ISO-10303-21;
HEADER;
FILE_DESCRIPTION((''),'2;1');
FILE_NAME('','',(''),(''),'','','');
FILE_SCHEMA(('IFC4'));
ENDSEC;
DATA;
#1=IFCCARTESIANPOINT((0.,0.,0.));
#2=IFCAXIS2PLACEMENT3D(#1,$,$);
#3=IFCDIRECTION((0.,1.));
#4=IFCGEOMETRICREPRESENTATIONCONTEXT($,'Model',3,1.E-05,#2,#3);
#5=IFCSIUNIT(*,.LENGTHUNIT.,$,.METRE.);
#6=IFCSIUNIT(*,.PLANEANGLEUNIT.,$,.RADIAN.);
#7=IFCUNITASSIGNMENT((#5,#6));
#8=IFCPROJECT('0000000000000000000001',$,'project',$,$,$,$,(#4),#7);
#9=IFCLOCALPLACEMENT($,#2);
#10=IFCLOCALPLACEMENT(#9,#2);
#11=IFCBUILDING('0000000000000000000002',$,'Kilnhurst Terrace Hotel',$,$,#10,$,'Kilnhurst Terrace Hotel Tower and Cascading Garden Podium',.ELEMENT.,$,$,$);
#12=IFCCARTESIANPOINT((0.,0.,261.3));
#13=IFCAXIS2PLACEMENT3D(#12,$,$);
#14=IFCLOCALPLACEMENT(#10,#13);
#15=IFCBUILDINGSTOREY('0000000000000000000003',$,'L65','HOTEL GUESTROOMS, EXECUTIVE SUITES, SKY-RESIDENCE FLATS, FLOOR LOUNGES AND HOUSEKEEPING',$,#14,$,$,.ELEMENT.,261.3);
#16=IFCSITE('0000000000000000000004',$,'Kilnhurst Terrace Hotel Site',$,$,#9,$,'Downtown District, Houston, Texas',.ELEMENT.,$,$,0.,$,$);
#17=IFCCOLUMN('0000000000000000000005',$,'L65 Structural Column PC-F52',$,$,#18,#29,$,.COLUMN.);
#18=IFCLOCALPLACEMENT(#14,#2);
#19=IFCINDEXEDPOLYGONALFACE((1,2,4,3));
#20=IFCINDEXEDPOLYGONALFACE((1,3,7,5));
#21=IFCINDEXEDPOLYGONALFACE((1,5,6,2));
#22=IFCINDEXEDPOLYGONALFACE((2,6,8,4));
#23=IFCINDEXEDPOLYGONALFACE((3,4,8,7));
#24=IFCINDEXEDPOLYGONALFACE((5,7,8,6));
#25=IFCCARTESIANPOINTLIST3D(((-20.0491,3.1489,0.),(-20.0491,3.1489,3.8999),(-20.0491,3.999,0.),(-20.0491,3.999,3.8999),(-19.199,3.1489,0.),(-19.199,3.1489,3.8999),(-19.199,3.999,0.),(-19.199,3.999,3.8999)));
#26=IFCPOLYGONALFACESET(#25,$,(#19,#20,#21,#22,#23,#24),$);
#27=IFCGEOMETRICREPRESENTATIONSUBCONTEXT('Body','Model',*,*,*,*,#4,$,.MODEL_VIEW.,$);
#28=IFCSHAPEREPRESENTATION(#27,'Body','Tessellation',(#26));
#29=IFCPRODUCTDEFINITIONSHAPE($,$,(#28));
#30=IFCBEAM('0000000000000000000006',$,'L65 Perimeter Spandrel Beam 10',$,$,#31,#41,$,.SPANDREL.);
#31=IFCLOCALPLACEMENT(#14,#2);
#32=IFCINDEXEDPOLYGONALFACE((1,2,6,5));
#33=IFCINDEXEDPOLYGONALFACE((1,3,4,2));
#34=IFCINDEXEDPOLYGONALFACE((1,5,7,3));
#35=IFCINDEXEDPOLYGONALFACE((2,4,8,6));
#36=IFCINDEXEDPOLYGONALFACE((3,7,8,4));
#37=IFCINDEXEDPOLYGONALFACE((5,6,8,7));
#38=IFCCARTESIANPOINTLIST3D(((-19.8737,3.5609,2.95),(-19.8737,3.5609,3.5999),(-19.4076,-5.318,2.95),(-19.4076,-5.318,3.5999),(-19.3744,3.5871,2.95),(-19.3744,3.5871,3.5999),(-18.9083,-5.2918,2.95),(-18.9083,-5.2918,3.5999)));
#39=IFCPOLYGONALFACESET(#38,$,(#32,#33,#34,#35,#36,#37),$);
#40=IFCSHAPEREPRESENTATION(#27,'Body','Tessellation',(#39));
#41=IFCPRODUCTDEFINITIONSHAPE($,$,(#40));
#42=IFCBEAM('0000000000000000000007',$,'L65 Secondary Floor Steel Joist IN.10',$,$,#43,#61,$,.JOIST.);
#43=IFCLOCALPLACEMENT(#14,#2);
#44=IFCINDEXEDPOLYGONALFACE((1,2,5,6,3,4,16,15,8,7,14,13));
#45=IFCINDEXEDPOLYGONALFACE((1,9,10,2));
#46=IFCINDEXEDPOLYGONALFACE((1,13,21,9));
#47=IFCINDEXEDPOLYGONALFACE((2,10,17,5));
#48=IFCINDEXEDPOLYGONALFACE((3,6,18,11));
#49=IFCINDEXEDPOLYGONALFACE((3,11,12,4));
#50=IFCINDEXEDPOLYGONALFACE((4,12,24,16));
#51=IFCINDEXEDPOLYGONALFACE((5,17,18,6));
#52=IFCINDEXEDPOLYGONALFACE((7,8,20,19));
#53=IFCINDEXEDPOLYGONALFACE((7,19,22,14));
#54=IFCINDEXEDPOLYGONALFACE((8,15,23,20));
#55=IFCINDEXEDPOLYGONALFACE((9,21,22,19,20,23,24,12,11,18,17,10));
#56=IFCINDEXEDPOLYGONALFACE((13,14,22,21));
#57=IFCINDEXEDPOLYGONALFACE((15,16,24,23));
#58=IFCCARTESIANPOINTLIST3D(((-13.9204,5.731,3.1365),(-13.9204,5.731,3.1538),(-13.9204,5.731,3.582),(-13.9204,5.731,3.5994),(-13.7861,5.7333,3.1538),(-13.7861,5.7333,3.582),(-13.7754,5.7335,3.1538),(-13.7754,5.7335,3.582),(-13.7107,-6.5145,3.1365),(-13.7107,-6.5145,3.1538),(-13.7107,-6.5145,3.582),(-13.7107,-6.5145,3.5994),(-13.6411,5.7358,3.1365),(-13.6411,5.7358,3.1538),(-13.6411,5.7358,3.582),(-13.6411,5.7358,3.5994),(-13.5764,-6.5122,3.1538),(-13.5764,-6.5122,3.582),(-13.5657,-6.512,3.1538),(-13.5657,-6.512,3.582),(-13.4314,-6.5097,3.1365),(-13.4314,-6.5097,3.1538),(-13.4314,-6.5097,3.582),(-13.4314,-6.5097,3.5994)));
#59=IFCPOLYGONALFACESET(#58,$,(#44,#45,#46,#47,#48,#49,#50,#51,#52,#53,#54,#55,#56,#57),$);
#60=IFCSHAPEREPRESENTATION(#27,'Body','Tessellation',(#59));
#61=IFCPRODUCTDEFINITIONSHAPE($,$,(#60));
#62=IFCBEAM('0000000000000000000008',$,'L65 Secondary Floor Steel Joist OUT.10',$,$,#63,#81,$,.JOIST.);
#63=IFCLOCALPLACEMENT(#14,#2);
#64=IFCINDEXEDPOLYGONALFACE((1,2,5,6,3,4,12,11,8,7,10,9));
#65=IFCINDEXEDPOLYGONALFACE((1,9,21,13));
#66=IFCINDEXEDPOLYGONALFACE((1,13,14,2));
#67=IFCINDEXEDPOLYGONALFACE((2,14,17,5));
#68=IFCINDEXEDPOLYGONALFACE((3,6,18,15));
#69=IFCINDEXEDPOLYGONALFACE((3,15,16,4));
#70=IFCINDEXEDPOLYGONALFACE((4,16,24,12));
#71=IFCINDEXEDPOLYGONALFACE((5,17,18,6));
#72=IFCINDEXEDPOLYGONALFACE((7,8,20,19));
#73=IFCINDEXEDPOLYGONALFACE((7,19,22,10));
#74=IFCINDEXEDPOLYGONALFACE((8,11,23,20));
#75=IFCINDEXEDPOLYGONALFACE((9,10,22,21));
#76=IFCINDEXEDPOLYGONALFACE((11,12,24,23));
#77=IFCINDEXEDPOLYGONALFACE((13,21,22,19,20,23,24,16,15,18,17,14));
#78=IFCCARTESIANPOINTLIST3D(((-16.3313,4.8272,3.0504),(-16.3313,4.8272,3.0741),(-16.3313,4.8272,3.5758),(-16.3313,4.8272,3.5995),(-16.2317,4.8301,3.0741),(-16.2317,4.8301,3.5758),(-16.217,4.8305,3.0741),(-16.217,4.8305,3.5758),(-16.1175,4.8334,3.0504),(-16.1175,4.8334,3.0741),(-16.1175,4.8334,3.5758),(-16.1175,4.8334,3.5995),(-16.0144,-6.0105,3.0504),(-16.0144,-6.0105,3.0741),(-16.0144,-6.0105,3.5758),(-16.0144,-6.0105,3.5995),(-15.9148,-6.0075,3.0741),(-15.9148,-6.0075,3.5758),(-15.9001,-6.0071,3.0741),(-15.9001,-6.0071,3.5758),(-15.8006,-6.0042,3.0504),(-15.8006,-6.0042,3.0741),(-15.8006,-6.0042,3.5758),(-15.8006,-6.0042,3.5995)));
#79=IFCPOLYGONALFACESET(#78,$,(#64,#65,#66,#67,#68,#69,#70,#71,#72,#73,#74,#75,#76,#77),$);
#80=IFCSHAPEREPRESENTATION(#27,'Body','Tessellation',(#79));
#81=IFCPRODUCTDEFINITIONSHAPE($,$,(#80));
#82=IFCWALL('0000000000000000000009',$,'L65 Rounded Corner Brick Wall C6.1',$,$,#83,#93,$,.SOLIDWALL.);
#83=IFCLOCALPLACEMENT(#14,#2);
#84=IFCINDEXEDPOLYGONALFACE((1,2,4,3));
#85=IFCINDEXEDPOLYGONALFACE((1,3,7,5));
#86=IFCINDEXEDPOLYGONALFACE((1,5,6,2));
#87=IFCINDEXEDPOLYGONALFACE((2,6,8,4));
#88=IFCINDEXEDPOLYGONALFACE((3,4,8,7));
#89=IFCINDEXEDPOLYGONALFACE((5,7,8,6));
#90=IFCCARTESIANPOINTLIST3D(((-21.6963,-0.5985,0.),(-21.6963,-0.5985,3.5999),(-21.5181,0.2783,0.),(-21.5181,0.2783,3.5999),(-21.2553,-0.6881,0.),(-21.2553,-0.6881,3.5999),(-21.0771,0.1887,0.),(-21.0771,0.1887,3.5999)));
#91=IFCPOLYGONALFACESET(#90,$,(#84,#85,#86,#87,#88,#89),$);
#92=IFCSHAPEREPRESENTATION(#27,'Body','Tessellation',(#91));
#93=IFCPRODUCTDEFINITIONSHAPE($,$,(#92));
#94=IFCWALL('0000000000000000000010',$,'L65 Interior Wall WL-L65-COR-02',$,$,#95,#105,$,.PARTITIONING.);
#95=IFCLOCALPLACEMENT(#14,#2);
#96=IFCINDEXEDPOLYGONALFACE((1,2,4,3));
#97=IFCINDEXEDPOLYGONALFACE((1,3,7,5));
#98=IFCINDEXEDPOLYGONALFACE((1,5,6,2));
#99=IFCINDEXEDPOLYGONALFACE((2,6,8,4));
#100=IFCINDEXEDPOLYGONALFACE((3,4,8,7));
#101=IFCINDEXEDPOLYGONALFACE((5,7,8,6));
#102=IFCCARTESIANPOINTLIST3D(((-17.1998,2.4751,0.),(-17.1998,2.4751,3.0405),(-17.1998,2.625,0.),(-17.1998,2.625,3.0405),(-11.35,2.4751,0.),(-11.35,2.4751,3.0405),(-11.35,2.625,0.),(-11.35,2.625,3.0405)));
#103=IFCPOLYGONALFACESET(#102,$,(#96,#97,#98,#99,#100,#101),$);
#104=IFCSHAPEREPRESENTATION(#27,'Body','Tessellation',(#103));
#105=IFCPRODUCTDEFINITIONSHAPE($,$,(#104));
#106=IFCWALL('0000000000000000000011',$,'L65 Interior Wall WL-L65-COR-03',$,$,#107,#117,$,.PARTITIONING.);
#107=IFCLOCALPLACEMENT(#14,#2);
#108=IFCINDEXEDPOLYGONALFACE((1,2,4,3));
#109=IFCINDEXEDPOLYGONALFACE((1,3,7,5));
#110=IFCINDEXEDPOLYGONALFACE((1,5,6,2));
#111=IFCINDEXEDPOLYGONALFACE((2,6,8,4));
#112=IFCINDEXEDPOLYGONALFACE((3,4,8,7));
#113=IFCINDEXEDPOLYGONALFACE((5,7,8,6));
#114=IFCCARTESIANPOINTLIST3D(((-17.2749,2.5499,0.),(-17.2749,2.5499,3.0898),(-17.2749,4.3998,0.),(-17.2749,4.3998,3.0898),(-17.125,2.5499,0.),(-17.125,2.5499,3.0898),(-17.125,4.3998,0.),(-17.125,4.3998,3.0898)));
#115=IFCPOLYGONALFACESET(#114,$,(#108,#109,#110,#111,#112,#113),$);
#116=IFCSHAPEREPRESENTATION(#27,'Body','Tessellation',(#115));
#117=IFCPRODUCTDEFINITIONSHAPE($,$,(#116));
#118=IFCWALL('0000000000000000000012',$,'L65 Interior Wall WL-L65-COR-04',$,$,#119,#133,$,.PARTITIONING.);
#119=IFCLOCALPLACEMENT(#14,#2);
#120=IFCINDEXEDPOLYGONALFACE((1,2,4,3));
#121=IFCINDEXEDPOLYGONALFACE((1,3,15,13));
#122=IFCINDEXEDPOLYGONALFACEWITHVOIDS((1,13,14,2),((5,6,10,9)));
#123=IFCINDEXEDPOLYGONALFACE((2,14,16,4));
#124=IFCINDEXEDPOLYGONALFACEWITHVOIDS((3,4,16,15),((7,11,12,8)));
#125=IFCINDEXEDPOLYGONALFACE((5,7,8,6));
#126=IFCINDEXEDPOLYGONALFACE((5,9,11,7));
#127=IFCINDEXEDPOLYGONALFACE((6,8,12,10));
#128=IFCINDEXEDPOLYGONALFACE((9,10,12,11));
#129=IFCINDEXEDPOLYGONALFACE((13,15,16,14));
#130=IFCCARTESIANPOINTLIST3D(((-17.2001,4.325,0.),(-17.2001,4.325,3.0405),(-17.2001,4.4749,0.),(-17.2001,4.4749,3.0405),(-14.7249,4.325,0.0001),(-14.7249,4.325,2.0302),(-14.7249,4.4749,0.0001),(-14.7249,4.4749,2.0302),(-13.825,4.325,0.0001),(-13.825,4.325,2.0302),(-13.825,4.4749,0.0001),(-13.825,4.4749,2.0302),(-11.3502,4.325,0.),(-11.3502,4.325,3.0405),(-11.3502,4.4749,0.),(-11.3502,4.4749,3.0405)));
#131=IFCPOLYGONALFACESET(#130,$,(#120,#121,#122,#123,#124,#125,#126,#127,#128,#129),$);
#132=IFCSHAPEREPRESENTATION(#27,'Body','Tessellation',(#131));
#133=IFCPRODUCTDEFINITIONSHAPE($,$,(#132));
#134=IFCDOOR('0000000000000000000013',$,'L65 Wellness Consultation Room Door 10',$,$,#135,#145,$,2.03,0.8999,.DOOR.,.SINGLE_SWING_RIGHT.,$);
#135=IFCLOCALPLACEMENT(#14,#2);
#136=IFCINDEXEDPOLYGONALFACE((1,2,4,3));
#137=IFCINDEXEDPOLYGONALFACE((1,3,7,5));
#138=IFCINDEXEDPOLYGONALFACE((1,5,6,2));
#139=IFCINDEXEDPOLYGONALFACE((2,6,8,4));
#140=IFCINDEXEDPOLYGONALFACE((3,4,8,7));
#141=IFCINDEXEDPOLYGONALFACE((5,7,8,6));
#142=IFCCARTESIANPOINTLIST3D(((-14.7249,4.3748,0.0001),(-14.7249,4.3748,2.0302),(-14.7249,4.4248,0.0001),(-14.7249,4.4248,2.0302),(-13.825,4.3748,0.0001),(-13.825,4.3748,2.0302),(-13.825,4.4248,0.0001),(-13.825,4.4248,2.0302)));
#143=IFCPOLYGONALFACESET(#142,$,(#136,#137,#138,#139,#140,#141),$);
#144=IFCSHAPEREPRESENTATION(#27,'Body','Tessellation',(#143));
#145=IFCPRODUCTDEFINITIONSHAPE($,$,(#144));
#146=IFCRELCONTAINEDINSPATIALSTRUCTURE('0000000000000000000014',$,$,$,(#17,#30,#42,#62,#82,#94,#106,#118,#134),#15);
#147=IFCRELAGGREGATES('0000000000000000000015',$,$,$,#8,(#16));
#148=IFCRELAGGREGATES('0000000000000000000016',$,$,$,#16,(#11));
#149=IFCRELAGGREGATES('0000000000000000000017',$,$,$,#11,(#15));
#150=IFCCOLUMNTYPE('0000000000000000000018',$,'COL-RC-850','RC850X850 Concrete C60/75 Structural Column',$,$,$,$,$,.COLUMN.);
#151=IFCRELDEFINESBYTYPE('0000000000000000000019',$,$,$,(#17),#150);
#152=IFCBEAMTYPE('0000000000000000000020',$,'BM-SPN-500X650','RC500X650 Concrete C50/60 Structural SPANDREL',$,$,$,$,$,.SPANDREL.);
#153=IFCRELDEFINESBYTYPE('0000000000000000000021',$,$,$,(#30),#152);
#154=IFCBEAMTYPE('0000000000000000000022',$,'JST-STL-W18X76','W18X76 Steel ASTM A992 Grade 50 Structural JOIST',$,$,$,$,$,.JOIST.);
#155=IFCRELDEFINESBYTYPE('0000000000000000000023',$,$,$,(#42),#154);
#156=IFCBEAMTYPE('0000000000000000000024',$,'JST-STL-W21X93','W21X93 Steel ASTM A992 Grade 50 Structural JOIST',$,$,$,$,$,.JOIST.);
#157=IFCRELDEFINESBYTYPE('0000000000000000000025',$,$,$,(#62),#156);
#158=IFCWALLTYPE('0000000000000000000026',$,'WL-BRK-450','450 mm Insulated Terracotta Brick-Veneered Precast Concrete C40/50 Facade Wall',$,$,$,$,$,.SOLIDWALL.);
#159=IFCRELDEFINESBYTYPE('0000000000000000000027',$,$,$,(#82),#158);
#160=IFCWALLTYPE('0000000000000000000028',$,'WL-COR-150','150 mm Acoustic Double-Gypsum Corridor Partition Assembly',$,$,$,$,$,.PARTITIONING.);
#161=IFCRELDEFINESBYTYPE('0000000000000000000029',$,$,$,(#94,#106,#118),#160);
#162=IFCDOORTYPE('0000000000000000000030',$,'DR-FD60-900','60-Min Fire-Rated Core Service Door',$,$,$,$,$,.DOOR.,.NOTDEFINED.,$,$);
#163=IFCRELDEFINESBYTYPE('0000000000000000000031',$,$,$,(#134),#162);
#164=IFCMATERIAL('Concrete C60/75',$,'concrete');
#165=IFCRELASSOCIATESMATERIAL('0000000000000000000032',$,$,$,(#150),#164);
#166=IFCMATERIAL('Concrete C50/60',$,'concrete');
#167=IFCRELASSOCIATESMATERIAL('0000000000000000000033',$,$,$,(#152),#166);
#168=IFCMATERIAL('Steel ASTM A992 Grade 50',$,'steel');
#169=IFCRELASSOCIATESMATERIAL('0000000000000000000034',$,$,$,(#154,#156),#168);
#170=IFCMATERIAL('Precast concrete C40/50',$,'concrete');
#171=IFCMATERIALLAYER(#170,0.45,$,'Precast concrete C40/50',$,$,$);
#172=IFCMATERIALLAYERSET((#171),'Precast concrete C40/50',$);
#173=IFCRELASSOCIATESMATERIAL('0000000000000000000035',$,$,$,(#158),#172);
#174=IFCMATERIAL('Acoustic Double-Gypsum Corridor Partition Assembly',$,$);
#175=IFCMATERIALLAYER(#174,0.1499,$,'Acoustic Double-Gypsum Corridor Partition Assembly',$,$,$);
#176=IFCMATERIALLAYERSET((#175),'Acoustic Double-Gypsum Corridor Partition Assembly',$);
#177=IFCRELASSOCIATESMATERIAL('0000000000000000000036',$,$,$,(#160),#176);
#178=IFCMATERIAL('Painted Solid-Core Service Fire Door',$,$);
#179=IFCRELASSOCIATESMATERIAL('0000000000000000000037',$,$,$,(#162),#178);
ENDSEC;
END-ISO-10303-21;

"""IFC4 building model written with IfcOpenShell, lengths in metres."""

from ifc_helpers import new_model, si_unit, direction, frame, frame_2d, origin, origin_2d, place, context, subcontext, project, spatial, rectangle, i_section, extrude, material, layer, layer_set, material_profile, profile_set, type_object, element, fill, save


model = new_model("IFC4")

# Units and contexts
model_context = context("Model", 3, precision=1e-05, world=origin(), true_north=direction((0.0, 1.0)))
body_context = subcontext(model_context, "Body", "Model", "MODEL_VIEW")
ifc_project = project(units=[si_unit("LENGTHUNIT", "METRE"), si_unit("PLANEANGLEUNIT", "RADIAN")], contexts=[model_context])

# Site, building, storey
site_placement = place(None, origin())
site = spatial("IfcSite", under=ifc_project, at=site_placement, Name="Kilnhurst Terrace Hotel Site", LongName="Downtown District, Houston, Texas", CompositionType="ELEMENT", RefElevation=0.0)
building_placement = place(site_placement, origin())
building = spatial("IfcBuilding", under=site, at=building_placement, Name="Kilnhurst Terrace Hotel", LongName="Kilnhurst Terrace Hotel Tower and Cascading Garden Podium", CompositionType="ELEMENT")
storey_placement = place(building_placement, frame((0.0, 0.0, 261.3)))
storey = spatial("IfcBuildingStorey", under=building, at=storey_placement, Name="L65", Description="HOTEL GUESTROOMS, EXECUTIVE SUITES, SKY-RESIDENCE FLATS, FLOOR LOUNGES AND HOUSEKEEPING", CompositionType="ELEMENT", Elevation=261.3)

# Column
ifc_material_1 = material(Name="Concrete C60/75", Category="concrete")
ifc_material_profile_1 = material_profile(ifc_material_1, rectangle(XDim=0.8501, YDim=0.8501, at=origin_2d()), Name="RC850X850")
ifc_profile_set_1 = profile_set([ifc_material_profile_1], Name="Concrete C60/75")
column_type = type_object("IfcColumnType", Name="COL-RC-850", Description="RC850X850 Concrete C60/75 Structural Column", PredefinedType="COLUMN", material=ifc_profile_set_1)
column_placement = place(storey_placement, frame((-19.624, 3.574, 0.0), z_axis=(0.0, 0.0, 1.0), x_axis=(1.0, 0.0, 0.0)))
element("IfcColumn", 1, at=column_placement, inside=storey, type_object=column_type, Name="L65 Structural Column PC-F52", PredefinedType="COLUMN", context=body_context, shape_type="SweptSolid", body=[
    extrude(rectangle(XDim=0.8501, YDim=0.8501, at=origin_2d()), origin(), (0.0, 0.0, 1.0), 3.8999),
])

# Beams
ifc_material_2 = material(Name="Concrete C50/60", Category="concrete")
ifc_material_profile_2 = material_profile(ifc_material_2, rectangle(XDim=0.5, YDim=0.6499, at=origin_2d()), Name="RC500X650")
ifc_profile_set_2 = profile_set([ifc_material_profile_2], Name="Concrete C50/60")
beam_type_1 = type_object("IfcBeamType", Name="BM-SPN-500X650", Description="RC500X650 Concrete C50/60 Structural SPANDREL", PredefinedType="SPANDREL", material=ifc_profile_set_2)
beam_1_placement = place(storey_placement, frame((-19.624, 3.574, 3.2749), z_axis=(0.052419, -0.998625, 0.0), x_axis=(0.998625, 0.052419, 0.0)))
element("IfcBeam", 2, at=beam_1_placement, inside=storey, type_object=beam_type_1, Name="L65 Perimeter Spandrel Beam 10", PredefinedType="SPANDREL", context=body_context, shape_type="SweptSolid", body=[
    extrude(rectangle(XDim=0.5, YDim=0.6499, at=origin_2d()), origin(), (0.0, 0.0, 1.0), 8.8911),
])
ifc_material_3 = material(Name="Steel ASTM A992 Grade 50", Category="steel")
ifc_material_profile_3 = material_profile(ifc_material_3, i_section(OverallWidth=0.2793, OverallDepth=0.4629, WebThickness=0.0107, FlangeThickness=0.0173, at=origin_2d()), Name="W18X76")
ifc_profile_set_3 = profile_set([ifc_material_profile_3], Name="Steel ASTM A992 Grade 50")
beam_type_2 = type_object("IfcBeamType", Name="JST-STL-W18X76", Description="W18X76 Steel ASTM A992 Grade 50 Structural JOIST", PredefinedType="JOIST", material=ifc_profile_set_3)
beam_2_placement = place(storey_placement, frame((-13.7808, 5.7334, 3.3679), z_axis=(0.017123, -0.999853, 0.0), x_axis=(0.999853, 0.017123, 0.0)))
element("IfcBeam", 3, at=beam_2_placement, inside=storey, type_object=beam_type_2, Name="L65 Secondary Floor Steel Joist IN.10", PredefinedType="JOIST", context=body_context, shape_type="SweptSolid", body=[
    extrude(i_section(OverallWidth=0.2793, OverallDepth=0.4629, WebThickness=0.0107, FlangeThickness=0.0173, at=origin_2d()), origin(), (0.0, 0.0, 1.0), 12.2473),
])
ifc_material_profile_4 = material_profile(ifc_material_3, i_section(OverallWidth=0.2139, OverallDepth=0.5491, WebThickness=0.0146, FlangeThickness=0.0237, at=origin_2d()), Name="W21X93")
ifc_profile_set_4 = profile_set([ifc_material_profile_4], Name="Steel ASTM A992 Grade 50")
beam_type_3 = type_object("IfcBeamType", Name="JST-STL-W21X93", Description="W21X93 Steel ASTM A992 Grade 50 Structural JOIST", PredefinedType="JOIST", material=ifc_profile_set_4)
beam_3_placement = place(storey_placement, frame((-16.2244, 4.8303, 3.325), z_axis=(0.029228, -0.999573, 0.0), x_axis=(0.999573, 0.029228, 0.0)))
element("IfcBeam", 4, at=beam_3_placement, inside=storey, type_object=beam_type_3, Name="L65 Secondary Floor Steel Joist OUT.10", PredefinedType="JOIST", context=body_context, shape_type="SweptSolid", body=[
    extrude(i_section(OverallWidth=0.2139, OverallDepth=0.5491, WebThickness=0.0146, FlangeThickness=0.0237, at=origin_2d()), origin(), (0.0, 0.0, 1.0), 10.8423),
])

# Walls
ifc_material_4 = material(Name="Precast concrete C40/50", Category="concrete")
ifc_layer_1 = layer(ifc_material_4, 0.45, Name="Precast concrete C40/50")
ifc_layer_set_1 = layer_set([ifc_layer_1], Name="Precast concrete C40/50")
wall_type_1 = type_object("IfcWallType", Name="WL-BRK-450", Description="450 mm Insulated Terracotta Brick-Veneered Precast Concrete C40/50 Facade Wall", PredefinedType="SOLIDWALL", material=ifc_layer_set_1)
wall_1_placement = place(storey_placement, frame((-21.2976, 0.2334, 0.0), z_axis=(0.0, 0.0, 1.0), x_axis=(-0.199158, -0.979967, 0.0)))
element("IfcWall", 5, at=wall_1_placement, inside=storey, type_object=wall_type_1, Name="L65 Rounded Corner Brick Wall C6.1", PredefinedType="SOLIDWALL", context=body_context, shape_type="SweptSolid", body=[
    extrude(rectangle(XDim=0.8948, YDim=0.45, at=frame_2d((0.4473, 0.0))), origin(), (0.0, 0.0, 1.0), 3.5999),
])
ifc_material_5 = material(Name="Acoustic Double-Gypsum Corridor Partition Assembly")
ifc_layer_2 = layer(ifc_material_5, 0.1499, Name="Acoustic Double-Gypsum Corridor Partition Assembly")
ifc_layer_set_2 = layer_set([ifc_layer_2], Name="Acoustic Double-Gypsum Corridor Partition Assembly")
wall_type_2 = type_object("IfcWallType", Name="WL-COR-150", Description="150 mm Acoustic Double-Gypsum Corridor Partition Assembly", PredefinedType="PARTITIONING", material=ifc_layer_set_2)
wall_2_placement = place(storey_placement, frame((-11.3501, 2.55, 0.0), z_axis=(0.0, 0.0, 1.0), x_axis=(-1.0, 0.0, 0.0)))
element("IfcWall", 6, at=wall_2_placement, inside=storey, type_object=wall_type_2, Name="L65 Interior Wall WL-L65-COR-02", PredefinedType="PARTITIONING", context=body_context, shape_type="SweptSolid", body=[
    extrude(rectangle(XDim=5.8499, YDim=0.1499, at=frame_2d((2.9248, 0.0))), origin(), (0.0, 0.0, 1.0), 3.0405),
])
wall_3_placement = place(storey_placement, frame((-17.2, 2.55, 0.0), z_axis=(0.0, 0.0, 1.0), x_axis=(0.0, 1.0, 0.0)))
element("IfcWall", 7, at=wall_3_placement, inside=storey, type_object=wall_type_2, Name="L65 Interior Wall WL-L65-COR-03", PredefinedType="PARTITIONING", context=body_context, shape_type="SweptSolid", body=[
    extrude(rectangle(XDim=1.8499, YDim=0.1499, at=frame_2d((0.9248, 0.0))), origin(), (0.0, 0.0, 1.0), 3.0898),
])

# Wall, opening, door
wall_4_placement = place(storey_placement, frame((-17.2, 4.3999, 0.0), z_axis=(0.0, 0.0, 1.0), x_axis=(1.0, 0.0, 0.0)))
wall_4 = element("IfcWall", 8, at=wall_4_placement, inside=storey, type_object=wall_type_2, Name="L65 Interior Wall WL-L65-COR-04", PredefinedType="PARTITIONING", context=body_context, shape_type="SweptSolid", body=[
    extrude(rectangle(XDim=5.8499, YDim=0.1499, at=frame_2d((2.9248, 0.0))), origin(), (0.0, 0.0, 1.0), 3.0405),
])
opening_1_placement = place(wall_4_placement, frame((2.4751, 0.0, 0.0)))
opening_1 = element("IfcOpeningElement", 9, at=opening_1_placement, cuts=wall_4, PredefinedType="OPENING", context=body_context, shape_type="SweptSolid", body=[
    extrude(rectangle(XDim=0.8999, YDim=2.03, at=frame_2d((0.45, 1.0151))), frame((0.0, 0.085, 0.0), z_axis=(0.0, -1.0, 0.0), x_axis=(1.0, 0.0, 0.0)), (0.0, 0.0, 1.0), 0.1699),
])
ifc_material_6 = material(Name="Painted Solid-Core Service Fire Door")
door_type_1 = type_object("IfcDoorType", Name="DR-FD60-900", Description="60-Min Fire-Rated Core Service Door", OperationType="NOTDEFINED", PredefinedType="DOOR", material=ifc_material_6)
door_1_placement = place(opening_1_placement, origin())
door_1 = element("IfcDoor", 10, at=door_1_placement, inside=storey, type_object=door_type_1, Name="L65 Wellness Consultation Room Door 10", OperationType="SINGLE_SWING_RIGHT", OverallHeight=2.03, OverallWidth=0.8999, PredefinedType="DOOR", context=body_context, shape_type="SweptSolid", body=[
    extrude(rectangle(XDim=0.8999, YDim=2.03, at=frame_2d((0.45, 1.0151))), frame((0.0, 0.0249, 0.0), z_axis=(0.0, -1.0, 0.0), x_axis=(1.0, 0.0, 0.0)), (0.0, 0.0, 1.0), 0.05),
])
fill(opening_1, door_1)

save(model, "model.ifc")
